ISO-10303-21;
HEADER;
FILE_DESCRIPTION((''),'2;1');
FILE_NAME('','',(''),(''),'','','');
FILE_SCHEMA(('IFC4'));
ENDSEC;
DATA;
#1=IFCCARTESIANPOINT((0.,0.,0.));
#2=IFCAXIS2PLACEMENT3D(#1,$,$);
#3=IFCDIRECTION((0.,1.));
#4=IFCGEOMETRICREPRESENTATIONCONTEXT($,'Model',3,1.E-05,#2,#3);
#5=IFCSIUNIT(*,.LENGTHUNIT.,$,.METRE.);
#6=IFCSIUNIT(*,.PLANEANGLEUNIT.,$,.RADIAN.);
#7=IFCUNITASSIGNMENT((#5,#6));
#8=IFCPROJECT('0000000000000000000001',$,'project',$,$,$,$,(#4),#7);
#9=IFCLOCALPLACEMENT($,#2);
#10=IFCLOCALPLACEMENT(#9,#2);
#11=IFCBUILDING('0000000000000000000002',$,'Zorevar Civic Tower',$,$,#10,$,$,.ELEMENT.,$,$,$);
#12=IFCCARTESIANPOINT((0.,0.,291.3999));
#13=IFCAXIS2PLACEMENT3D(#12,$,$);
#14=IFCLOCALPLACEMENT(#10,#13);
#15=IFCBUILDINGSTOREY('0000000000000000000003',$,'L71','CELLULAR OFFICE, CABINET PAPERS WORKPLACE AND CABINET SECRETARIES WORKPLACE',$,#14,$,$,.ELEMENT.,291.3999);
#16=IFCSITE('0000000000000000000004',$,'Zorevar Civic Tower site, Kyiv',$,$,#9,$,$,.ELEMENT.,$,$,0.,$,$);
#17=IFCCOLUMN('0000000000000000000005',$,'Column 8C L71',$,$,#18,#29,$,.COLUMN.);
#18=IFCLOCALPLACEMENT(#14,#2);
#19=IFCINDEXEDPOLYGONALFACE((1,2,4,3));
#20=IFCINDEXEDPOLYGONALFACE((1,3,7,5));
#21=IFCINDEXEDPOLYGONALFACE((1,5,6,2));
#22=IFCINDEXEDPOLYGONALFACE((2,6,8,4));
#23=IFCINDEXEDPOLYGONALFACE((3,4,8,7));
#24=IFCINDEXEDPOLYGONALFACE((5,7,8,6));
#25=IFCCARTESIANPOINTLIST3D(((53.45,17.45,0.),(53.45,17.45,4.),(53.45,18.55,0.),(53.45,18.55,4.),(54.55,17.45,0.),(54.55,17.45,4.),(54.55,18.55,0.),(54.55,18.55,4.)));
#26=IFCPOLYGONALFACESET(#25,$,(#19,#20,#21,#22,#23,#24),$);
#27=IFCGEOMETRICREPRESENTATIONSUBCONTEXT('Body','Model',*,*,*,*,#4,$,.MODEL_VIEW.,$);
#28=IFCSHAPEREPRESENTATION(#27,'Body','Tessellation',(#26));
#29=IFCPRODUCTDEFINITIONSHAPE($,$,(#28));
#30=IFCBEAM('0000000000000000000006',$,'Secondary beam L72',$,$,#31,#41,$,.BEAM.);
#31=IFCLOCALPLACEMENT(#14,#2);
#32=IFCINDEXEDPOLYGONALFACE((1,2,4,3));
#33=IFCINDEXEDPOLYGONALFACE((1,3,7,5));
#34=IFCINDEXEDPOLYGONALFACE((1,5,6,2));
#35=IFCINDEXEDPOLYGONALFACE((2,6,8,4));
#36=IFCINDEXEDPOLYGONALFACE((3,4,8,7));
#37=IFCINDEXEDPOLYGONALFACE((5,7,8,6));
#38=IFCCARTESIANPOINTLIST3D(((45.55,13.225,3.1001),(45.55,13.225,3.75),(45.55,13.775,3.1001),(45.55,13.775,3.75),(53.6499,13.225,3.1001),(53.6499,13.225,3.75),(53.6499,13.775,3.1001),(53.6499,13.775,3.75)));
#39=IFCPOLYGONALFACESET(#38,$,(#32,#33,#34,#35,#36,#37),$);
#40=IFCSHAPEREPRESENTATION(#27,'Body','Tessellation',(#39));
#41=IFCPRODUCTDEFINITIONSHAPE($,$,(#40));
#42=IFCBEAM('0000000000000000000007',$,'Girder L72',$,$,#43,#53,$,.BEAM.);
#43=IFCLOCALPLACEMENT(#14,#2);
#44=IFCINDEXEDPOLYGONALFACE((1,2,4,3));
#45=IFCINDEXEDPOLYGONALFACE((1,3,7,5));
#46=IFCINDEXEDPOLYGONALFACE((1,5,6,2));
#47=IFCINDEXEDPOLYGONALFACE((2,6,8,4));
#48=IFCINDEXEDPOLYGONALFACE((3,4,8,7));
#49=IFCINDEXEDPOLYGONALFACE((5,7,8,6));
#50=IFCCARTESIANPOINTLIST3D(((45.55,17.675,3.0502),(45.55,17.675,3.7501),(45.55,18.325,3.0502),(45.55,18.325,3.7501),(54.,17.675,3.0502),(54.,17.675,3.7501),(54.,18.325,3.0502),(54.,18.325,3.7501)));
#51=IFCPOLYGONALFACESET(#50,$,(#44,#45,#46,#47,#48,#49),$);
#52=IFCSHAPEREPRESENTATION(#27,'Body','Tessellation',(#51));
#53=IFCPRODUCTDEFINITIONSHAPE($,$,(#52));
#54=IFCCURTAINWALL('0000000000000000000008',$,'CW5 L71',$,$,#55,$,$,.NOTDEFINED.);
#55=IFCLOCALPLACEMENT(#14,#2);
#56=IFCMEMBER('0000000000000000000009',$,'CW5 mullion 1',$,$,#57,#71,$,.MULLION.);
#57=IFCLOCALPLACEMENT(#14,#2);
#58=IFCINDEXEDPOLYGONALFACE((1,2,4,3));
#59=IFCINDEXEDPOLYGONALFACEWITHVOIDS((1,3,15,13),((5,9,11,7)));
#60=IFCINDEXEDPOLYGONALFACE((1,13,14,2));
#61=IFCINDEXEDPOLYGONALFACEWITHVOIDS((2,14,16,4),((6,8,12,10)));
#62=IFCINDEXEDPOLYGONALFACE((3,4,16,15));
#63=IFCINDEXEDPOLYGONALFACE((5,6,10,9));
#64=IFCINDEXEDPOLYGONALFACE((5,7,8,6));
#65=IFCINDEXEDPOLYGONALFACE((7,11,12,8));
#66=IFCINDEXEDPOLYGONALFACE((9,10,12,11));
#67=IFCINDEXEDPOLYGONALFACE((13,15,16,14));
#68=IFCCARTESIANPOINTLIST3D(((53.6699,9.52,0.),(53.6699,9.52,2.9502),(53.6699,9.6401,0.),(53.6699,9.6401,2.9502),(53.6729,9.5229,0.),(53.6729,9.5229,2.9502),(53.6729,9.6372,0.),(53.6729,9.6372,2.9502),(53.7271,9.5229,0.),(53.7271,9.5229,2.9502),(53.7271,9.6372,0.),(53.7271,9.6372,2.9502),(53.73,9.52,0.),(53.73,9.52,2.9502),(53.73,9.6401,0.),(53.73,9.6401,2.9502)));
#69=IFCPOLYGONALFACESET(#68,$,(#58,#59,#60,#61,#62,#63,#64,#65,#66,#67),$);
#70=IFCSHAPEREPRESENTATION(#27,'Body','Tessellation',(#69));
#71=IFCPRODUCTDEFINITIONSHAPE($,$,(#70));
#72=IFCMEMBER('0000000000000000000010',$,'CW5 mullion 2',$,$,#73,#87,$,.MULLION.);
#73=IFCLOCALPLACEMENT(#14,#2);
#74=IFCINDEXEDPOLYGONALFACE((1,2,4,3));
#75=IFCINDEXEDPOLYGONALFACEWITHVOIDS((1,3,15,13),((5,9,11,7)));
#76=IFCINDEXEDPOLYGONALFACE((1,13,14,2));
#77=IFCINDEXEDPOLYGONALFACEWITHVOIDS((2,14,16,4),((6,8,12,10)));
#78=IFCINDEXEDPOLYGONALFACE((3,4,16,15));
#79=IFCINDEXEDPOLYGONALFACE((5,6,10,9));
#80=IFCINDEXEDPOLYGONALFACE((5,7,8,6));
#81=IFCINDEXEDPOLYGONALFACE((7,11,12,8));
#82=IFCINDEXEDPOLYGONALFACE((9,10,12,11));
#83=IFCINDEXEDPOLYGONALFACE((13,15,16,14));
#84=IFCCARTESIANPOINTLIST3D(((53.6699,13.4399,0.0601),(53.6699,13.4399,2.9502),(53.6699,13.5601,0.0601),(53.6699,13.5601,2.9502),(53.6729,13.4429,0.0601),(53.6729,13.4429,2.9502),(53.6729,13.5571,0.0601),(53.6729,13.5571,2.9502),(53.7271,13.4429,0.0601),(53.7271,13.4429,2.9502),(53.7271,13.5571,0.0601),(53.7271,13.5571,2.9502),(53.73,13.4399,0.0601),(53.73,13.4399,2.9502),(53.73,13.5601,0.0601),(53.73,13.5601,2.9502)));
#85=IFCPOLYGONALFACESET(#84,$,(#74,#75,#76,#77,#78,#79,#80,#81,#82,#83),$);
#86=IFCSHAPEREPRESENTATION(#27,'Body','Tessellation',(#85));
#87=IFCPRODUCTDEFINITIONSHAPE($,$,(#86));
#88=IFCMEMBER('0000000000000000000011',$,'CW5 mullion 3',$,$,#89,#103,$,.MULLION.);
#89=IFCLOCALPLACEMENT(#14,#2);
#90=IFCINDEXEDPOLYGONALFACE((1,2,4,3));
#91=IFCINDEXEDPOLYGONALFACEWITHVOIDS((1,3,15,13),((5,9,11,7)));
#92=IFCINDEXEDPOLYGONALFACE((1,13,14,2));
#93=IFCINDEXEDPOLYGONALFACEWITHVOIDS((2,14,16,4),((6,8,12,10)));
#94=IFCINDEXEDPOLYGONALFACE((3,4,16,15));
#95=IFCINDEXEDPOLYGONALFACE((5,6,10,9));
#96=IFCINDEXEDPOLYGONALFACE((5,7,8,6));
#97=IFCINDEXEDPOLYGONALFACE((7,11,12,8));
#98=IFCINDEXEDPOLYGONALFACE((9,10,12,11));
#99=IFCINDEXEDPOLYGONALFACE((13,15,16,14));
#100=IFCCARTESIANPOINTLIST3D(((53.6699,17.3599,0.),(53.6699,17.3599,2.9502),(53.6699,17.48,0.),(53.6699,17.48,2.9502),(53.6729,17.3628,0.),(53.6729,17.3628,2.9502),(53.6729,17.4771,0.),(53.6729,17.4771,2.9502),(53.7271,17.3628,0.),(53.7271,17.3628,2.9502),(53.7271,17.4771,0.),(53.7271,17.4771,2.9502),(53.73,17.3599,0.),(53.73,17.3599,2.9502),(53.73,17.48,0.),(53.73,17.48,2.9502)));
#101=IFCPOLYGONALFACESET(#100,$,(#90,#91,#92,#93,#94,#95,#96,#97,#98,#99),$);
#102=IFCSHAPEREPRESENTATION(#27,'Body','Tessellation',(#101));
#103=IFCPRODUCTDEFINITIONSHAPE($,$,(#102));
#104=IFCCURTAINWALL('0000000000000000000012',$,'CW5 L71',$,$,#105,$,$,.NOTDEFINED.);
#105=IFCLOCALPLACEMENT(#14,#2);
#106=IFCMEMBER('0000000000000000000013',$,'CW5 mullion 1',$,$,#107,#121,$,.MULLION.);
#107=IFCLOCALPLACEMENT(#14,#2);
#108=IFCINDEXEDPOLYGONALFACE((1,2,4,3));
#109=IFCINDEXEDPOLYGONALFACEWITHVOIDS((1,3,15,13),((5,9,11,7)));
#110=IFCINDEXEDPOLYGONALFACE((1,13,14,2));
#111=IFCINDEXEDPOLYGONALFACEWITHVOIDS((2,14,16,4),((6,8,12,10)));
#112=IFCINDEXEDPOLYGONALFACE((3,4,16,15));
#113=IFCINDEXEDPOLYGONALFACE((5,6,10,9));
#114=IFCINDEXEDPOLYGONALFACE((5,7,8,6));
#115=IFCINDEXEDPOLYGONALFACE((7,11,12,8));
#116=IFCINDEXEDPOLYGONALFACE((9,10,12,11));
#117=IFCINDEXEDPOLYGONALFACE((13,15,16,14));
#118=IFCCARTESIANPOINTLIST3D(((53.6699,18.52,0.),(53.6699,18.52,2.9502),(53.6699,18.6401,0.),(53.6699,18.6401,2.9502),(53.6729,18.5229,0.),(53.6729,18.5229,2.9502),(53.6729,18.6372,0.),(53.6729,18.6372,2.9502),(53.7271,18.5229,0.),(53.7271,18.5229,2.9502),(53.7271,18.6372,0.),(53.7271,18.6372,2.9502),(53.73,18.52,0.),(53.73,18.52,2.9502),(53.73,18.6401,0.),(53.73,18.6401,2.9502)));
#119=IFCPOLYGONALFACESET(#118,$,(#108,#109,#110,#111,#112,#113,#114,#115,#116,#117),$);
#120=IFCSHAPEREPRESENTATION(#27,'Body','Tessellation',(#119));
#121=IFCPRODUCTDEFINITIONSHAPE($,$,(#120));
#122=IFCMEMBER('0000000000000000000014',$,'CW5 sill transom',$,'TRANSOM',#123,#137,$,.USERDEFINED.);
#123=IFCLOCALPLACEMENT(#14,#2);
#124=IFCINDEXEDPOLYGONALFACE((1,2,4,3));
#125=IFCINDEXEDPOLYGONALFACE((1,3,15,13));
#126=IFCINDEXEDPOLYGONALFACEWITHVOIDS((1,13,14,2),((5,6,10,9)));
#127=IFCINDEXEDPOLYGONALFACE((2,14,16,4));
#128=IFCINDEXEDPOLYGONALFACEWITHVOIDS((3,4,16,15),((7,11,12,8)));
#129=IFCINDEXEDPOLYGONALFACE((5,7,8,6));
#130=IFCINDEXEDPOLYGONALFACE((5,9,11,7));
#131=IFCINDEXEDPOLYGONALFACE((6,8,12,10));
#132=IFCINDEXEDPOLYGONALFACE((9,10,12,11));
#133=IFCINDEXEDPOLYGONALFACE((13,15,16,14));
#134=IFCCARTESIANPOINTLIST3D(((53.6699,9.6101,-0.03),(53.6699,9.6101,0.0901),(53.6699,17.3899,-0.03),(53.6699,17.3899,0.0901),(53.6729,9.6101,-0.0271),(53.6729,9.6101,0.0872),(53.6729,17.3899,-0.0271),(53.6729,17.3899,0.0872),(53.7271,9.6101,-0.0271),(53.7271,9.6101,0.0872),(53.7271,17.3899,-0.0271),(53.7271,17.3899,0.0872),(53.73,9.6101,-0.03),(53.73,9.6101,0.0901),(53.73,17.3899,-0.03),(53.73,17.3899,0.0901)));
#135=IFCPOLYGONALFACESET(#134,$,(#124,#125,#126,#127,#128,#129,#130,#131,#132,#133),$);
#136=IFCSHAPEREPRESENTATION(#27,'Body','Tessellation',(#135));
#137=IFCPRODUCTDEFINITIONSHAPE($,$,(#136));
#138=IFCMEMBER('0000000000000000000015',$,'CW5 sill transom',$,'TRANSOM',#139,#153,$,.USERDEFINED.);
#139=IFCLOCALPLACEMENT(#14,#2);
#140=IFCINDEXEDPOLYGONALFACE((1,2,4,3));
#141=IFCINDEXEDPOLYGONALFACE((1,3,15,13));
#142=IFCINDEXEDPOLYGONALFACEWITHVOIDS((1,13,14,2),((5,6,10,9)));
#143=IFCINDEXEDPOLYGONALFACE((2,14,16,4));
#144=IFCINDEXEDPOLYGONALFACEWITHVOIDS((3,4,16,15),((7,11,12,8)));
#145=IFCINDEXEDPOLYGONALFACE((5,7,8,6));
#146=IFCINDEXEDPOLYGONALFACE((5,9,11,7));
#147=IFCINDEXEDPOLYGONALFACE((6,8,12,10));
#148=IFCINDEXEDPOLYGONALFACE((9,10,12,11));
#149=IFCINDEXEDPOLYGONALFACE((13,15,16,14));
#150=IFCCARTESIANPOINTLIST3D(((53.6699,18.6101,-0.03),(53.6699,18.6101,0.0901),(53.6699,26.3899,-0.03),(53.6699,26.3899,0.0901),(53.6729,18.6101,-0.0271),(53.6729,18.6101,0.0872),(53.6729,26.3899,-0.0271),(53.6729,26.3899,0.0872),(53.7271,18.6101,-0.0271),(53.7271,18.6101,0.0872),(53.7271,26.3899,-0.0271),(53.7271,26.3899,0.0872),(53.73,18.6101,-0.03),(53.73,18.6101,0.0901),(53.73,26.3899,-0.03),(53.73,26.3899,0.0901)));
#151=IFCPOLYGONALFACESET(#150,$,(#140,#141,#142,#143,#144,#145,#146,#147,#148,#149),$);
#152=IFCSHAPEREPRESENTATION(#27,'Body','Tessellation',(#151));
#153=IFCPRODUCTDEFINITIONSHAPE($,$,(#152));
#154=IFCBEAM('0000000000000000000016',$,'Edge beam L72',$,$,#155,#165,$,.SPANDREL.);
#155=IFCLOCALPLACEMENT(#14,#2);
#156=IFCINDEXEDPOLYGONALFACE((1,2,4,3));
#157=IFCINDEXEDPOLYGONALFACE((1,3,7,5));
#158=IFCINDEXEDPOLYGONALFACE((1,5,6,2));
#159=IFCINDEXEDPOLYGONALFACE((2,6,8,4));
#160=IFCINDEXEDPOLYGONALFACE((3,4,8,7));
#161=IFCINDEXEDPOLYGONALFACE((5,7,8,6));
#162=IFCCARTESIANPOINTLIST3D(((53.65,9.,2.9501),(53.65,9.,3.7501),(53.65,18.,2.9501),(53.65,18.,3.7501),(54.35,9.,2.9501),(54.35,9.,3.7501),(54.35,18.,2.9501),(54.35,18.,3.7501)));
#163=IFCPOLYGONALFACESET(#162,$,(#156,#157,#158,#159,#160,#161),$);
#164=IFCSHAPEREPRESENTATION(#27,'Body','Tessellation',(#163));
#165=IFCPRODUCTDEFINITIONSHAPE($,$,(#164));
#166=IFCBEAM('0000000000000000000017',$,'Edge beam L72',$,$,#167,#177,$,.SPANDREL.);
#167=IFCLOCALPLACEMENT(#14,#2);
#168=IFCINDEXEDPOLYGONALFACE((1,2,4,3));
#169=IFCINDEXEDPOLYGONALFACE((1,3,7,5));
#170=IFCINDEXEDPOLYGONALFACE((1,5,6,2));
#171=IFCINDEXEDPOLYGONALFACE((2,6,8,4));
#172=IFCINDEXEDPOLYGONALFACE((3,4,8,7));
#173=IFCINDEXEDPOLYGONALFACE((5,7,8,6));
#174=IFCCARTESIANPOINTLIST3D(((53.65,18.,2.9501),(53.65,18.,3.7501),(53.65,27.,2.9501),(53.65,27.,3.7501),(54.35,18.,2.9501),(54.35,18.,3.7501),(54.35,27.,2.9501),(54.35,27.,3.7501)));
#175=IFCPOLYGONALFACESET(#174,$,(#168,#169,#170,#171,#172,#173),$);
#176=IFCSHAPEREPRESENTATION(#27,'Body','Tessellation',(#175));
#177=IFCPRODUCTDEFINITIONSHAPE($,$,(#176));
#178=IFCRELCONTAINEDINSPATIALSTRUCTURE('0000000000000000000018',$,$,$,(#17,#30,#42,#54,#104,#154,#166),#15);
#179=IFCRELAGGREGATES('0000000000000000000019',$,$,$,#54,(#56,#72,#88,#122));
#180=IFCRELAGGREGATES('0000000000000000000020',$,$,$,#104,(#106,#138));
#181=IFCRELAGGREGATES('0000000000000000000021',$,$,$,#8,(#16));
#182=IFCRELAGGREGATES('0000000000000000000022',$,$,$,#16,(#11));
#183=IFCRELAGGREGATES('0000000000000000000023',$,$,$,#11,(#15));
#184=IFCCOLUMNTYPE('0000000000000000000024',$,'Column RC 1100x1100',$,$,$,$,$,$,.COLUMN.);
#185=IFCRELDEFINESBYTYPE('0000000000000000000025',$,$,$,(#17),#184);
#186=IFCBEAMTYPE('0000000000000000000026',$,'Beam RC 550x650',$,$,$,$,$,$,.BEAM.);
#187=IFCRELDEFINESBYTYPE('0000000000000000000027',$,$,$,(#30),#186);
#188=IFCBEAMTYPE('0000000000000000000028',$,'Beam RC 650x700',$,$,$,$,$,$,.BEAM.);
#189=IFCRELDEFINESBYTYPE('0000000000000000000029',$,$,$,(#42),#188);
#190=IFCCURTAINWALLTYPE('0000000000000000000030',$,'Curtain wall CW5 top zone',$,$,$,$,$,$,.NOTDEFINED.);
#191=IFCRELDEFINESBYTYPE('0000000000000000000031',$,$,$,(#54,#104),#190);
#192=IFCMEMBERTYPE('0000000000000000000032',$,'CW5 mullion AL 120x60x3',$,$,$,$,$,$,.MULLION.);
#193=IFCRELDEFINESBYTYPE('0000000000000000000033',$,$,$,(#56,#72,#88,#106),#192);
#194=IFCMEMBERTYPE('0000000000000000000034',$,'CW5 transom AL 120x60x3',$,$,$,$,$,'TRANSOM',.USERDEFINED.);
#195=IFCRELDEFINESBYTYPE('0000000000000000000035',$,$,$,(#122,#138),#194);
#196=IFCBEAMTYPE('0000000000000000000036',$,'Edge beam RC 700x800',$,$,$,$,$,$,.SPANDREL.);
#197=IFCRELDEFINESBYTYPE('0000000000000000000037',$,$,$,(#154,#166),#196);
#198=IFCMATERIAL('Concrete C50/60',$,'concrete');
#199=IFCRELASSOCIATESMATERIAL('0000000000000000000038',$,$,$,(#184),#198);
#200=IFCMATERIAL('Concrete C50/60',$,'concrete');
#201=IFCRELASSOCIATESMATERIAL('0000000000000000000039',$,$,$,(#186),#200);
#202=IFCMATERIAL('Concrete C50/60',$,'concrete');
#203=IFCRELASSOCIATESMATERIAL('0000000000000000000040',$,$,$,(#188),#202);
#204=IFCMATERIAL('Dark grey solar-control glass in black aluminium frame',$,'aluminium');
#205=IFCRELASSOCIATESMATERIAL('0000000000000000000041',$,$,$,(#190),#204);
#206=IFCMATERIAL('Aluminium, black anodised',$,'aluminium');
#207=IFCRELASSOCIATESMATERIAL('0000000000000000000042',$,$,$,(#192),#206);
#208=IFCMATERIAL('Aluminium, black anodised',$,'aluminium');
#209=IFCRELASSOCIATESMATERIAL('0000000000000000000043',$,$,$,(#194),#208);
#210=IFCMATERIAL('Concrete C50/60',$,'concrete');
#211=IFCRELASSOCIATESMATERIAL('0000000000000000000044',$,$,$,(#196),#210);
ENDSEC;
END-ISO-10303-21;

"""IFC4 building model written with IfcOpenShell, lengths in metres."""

from ifc_helpers import new_model, si_unit, direction, frame, origin, origin_2d, place, context, subcontext, project, spatial, rectangle, hollow_rectangle, extrude, material, material_profile, profile_set, type_object, element, aggregate, save


model = new_model("IFC4")

# Units and contexts
model_context = context("Model", 3, precision=1e-05, world=origin(), true_north=direction((0.0, 1.0)))
body_context = subcontext(model_context, "Body", "Model", "MODEL_VIEW")
ifc_project = project(units=[si_unit("LENGTHUNIT", "METRE"), si_unit("PLANEANGLEUNIT", "RADIAN")], contexts=[model_context])

# Site, building, storey
site_placement = place(None, origin())
site = spatial("IfcSite", under=ifc_project, at=site_placement, Name="Zorevar Civic Tower site, Kyiv", CompositionType="ELEMENT", RefElevation=0.0)
building_placement = place(site_placement, origin())
building = spatial("IfcBuilding", under=site, at=building_placement, Name="Zorevar Civic Tower", CompositionType="ELEMENT")
storey_placement = place(building_placement, frame((0.0, 0.0, 291.3999)))
storey = spatial("IfcBuildingStorey", under=building, at=storey_placement, Name="L71", Description="CELLULAR OFFICE, CABINET PAPERS WORKPLACE AND CABINET SECRETARIES WORKPLACE", CompositionType="ELEMENT", Elevation=291.3999)

# Column
ifc_material_1 = material(Name="Concrete C50/60", Category="concrete")
ifc_material_profile_1 = material_profile(ifc_material_1, rectangle(XDim=1.1001, YDim=1.1001, at=origin_2d()), Name="RC 1100x1100")
ifc_profile_set_1 = profile_set([ifc_material_profile_1], Name="Concrete C50/60")
column_type = type_object("IfcColumnType", Name="Column RC 1100x1100", PredefinedType="COLUMN", material=ifc_profile_set_1)
column_placement = place(storey_placement, frame((54.0, 18.0, 0.0), z_axis=(0.0, 0.0, 1.0), x_axis=(1.0, 0.0, 0.0)))
element("IfcColumn", 1, at=column_placement, inside=storey, type_object=column_type, Name="Column 8C L71", PredefinedType="COLUMN", context=body_context, shape_type="SweptSolid", body=[
    extrude(rectangle(XDim=1.1001, YDim=1.1001, at=origin_2d()), origin(), (0.0, 0.0, 1.0), 4.0),
])

# Beams
ifc_material_2 = material(Name="Concrete C50/60", Category="concrete")
ifc_material_profile_2 = material_profile(ifc_material_2, rectangle(XDim=0.55, YDim=0.6499, at=origin_2d()), Name="RC 550x650")
ifc_profile_set_2 = profile_set([ifc_material_profile_2], Name="Concrete C50/60")
beam_type_1 = type_object("IfcBeamType", Name="Beam RC 550x650", PredefinedType="BEAM", material=ifc_profile_set_2)
beam_1_placement = place(storey_placement, frame((45.55, 13.5, 3.425), z_axis=(1.0, 0.0, 0.0), x_axis=(0.0, 1.0, 0.0)))
element("IfcBeam", 2, at=beam_1_placement, inside=storey, type_object=beam_type_1, Name="Secondary beam L72", PredefinedType="BEAM", context=body_context, shape_type="SweptSolid", body=[
    extrude(rectangle(XDim=0.55, YDim=0.6499, at=origin_2d()), origin(), (0.0, 0.0, 1.0), 8.0999),
])
ifc_material_3 = material(Name="Concrete C50/60", Category="concrete")
ifc_material_profile_3 = material_profile(ifc_material_3, rectangle(XDim=0.6499, YDim=0.7, at=origin_2d()), Name="RC 650x700")
ifc_profile_set_3 = profile_set([ifc_material_profile_3], Name="Concrete C50/60")
beam_type_2 = type_object("IfcBeamType", Name="Beam RC 650x700", PredefinedType="BEAM", material=ifc_profile_set_3)
beam_2_placement = place(storey_placement, frame((45.55, 18.0, 3.4001), z_axis=(1.0, 0.0, 0.0), x_axis=(0.0, 1.0, 0.0)))
element("IfcBeam", 3, at=beam_2_placement, inside=storey, type_object=beam_type_2, Name="Girder L72", PredefinedType="BEAM", context=body_context, shape_type="SweptSolid", body=[
    extrude(rectangle(XDim=0.6499, YDim=0.7, at=origin_2d()), origin(), (0.0, 0.0, 1.0), 8.45),
])

# Curtain wall, members
ifc_material_4 = material(Name="Dark grey solar-control glass in black aluminium frame", Category="aluminium")
curtain_wall_type = type_object("IfcCurtainWallType", Name="Curtain wall CW5 top zone", PredefinedType="NOTDEFINED", material=ifc_material_4)
curtain_wall_1_placement = place(storey_placement, origin())
curtain_wall_1 = element("IfcCurtainWall", 4, at=curtain_wall_1_placement, inside=storey, type_object=curtain_wall_type, Name="CW5 L71", PredefinedType="NOTDEFINED")
ifc_material_5 = material(Name="Aluminium, black anodised", Category="aluminium")
ifc_material_profile_4 = material_profile(ifc_material_5, hollow_rectangle(XDim=0.0601, YDim=0.1201, WallThickness=0.0029, at=origin_2d()), Name="AL 120x60x3")
ifc_profile_set_4 = profile_set([ifc_material_profile_4], Name="Aluminium, black anodised")
member_type_1 = type_object("IfcMemberType", Name="CW5 mullion AL 120x60x3", PredefinedType="MULLION", material=ifc_profile_set_4)
member_1_placement = place(storey_placement, frame((53.7, 9.5801, 0.0), z_axis=(0.0, 0.0, 1.0), x_axis=(-1.0, 0.0, 0.0)))
member_1 = element("IfcMember", 5, at=member_1_placement, type_object=member_type_1, Name="CW5 mullion 1", PredefinedType="MULLION", context=body_context, shape_type="SweptSolid", body=[
    extrude(hollow_rectangle(XDim=0.0601, YDim=0.1201, WallThickness=0.0029, at=origin_2d()), origin(), (0.0, 0.0, 1.0), 2.9502),
])
member_2_placement = place(storey_placement, frame((53.7, 13.5, 0.0601), z_axis=(0.0, 0.0, 1.0), x_axis=(-1.0, 0.0, 0.0)))
member_2 = element("IfcMember", 6, at=member_2_placement, type_object=member_type_1, Name="CW5 mullion 2", PredefinedType="MULLION", context=body_context, shape_type="SweptSolid", body=[
    extrude(hollow_rectangle(XDim=0.0601, YDim=0.1201, WallThickness=0.0029, at=origin_2d()), origin(), (0.0, 0.0, 1.0), 2.8901),
])
member_3_placement = place(storey_placement, frame((53.7, 17.4199, 0.0), z_axis=(0.0, 0.0, 1.0), x_axis=(-1.0, 0.0, 0.0)))
member_3 = element("IfcMember", 7, at=member_3_placement, type_object=member_type_1, Name="CW5 mullion 3", PredefinedType="MULLION", context=body_context, shape_type="SweptSolid", body=[
    extrude(hollow_rectangle(XDim=0.0601, YDim=0.1201, WallThickness=0.0029, at=origin_2d()), origin(), (0.0, 0.0, 1.0), 2.9502),
])

# Curtain wall, member
curtain_wall_2_placement = place(storey_placement, origin())
curtain_wall_2 = element("IfcCurtainWall", 8, at=curtain_wall_2_placement, inside=storey, type_object=curtain_wall_type, Name="CW5 L71", PredefinedType="NOTDEFINED")
member_4_placement = place(storey_placement, frame((53.7, 18.5801, 0.0), z_axis=(0.0, 0.0, 1.0), x_axis=(-1.0, 0.0, 0.0)))
member_4 = element("IfcMember", 9, at=member_4_placement, type_object=member_type_1, Name="CW5 mullion 1", PredefinedType="MULLION", context=body_context, shape_type="SweptSolid", body=[
    extrude(hollow_rectangle(XDim=0.0601, YDim=0.1201, WallThickness=0.0029, at=origin_2d()), origin(), (0.0, 0.0, 1.0), 2.9502),
])

# Members
ifc_material_6 = material(Name="Aluminium, black anodised", Category="aluminium")
ifc_material_profile_5 = material_profile(ifc_material_6, hollow_rectangle(XDim=0.0601, YDim=0.1201, WallThickness=0.0029, at=origin_2d()), Name="AL 120x60x3")
ifc_profile_set_5 = profile_set([ifc_material_profile_5], Name="Aluminium, black anodised")
member_type_2 = type_object("IfcMemberType", Name="CW5 transom AL 120x60x3", ElementType="TRANSOM", PredefinedType="USERDEFINED", material=ifc_profile_set_5)
member_5_placement = place(storey_placement, frame((53.7, 9.6101, 0.03), z_axis=(0.0, 1.0, 0.0), x_axis=(-1.0, 0.0, 0.0)))
member_5 = element("IfcMember", 10, at=member_5_placement, type_object=member_type_2, Name="CW5 sill transom", ObjectType="TRANSOM", PredefinedType="USERDEFINED", context=body_context, shape_type="SweptSolid", body=[
    extrude(hollow_rectangle(XDim=0.0601, YDim=0.1201, WallThickness=0.0029, at=origin_2d()), origin(), (0.0, 0.0, 1.0), 7.7798),
])
member_6_placement = place(storey_placement, frame((53.7, 18.6101, 0.03), z_axis=(0.0, 1.0, 0.0), x_axis=(-1.0, 0.0, 0.0)))
member_6 = element("IfcMember", 11, at=member_6_placement, type_object=member_type_2, Name="CW5 sill transom", ObjectType="TRANSOM", PredefinedType="USERDEFINED", context=body_context, shape_type="SweptSolid", body=[
    extrude(hollow_rectangle(XDim=0.0601, YDim=0.1201, WallThickness=0.0029, at=origin_2d()), origin(), (0.0, 0.0, 1.0), 7.7798),
])

# Beams
ifc_material_7 = material(Name="Concrete C50/60", Category="concrete")
ifc_material_profile_6 = material_profile(ifc_material_7, rectangle(XDim=0.7, YDim=0.8, at=origin_2d()), Name="RC 700x800")
ifc_profile_set_6 = profile_set([ifc_material_profile_6], Name="Concrete C50/60")
beam_type_3 = type_object("IfcBeamType", Name="Edge beam RC 700x800", PredefinedType="SPANDREL", material=ifc_profile_set_6)
for number, where, z_axis, x_axis, name in (
    (12, (54.0, 9.0, 3.3501), (0.0, 1.0, 0.0), (-1.0, 0.0, 0.0), "Edge beam L72"),
    (13, (54.0, 18.0, 3.3501), (0.0, 1.0, 0.0), (-1.0, 0.0, 0.0), "Edge beam L72"),
):
    element("IfcBeam", number, at=place(storey_placement, frame(where, z_axis=z_axis, x_axis=x_axis)), inside=storey, type_object=beam_type_3, Name=name, PredefinedType="SPANDREL", context=body_context, shape_type="SweptSolid", body=[
        extrude(rectangle(XDim=0.7, YDim=0.8, at=origin_2d()), origin(), (0.0, 0.0, 1.0), 9.0),
    ])

aggregate(curtain_wall_1, [member_1, member_2, member_3, member_5])
aggregate(curtain_wall_2, [member_4, member_6])

save(model, "model.ifc")
